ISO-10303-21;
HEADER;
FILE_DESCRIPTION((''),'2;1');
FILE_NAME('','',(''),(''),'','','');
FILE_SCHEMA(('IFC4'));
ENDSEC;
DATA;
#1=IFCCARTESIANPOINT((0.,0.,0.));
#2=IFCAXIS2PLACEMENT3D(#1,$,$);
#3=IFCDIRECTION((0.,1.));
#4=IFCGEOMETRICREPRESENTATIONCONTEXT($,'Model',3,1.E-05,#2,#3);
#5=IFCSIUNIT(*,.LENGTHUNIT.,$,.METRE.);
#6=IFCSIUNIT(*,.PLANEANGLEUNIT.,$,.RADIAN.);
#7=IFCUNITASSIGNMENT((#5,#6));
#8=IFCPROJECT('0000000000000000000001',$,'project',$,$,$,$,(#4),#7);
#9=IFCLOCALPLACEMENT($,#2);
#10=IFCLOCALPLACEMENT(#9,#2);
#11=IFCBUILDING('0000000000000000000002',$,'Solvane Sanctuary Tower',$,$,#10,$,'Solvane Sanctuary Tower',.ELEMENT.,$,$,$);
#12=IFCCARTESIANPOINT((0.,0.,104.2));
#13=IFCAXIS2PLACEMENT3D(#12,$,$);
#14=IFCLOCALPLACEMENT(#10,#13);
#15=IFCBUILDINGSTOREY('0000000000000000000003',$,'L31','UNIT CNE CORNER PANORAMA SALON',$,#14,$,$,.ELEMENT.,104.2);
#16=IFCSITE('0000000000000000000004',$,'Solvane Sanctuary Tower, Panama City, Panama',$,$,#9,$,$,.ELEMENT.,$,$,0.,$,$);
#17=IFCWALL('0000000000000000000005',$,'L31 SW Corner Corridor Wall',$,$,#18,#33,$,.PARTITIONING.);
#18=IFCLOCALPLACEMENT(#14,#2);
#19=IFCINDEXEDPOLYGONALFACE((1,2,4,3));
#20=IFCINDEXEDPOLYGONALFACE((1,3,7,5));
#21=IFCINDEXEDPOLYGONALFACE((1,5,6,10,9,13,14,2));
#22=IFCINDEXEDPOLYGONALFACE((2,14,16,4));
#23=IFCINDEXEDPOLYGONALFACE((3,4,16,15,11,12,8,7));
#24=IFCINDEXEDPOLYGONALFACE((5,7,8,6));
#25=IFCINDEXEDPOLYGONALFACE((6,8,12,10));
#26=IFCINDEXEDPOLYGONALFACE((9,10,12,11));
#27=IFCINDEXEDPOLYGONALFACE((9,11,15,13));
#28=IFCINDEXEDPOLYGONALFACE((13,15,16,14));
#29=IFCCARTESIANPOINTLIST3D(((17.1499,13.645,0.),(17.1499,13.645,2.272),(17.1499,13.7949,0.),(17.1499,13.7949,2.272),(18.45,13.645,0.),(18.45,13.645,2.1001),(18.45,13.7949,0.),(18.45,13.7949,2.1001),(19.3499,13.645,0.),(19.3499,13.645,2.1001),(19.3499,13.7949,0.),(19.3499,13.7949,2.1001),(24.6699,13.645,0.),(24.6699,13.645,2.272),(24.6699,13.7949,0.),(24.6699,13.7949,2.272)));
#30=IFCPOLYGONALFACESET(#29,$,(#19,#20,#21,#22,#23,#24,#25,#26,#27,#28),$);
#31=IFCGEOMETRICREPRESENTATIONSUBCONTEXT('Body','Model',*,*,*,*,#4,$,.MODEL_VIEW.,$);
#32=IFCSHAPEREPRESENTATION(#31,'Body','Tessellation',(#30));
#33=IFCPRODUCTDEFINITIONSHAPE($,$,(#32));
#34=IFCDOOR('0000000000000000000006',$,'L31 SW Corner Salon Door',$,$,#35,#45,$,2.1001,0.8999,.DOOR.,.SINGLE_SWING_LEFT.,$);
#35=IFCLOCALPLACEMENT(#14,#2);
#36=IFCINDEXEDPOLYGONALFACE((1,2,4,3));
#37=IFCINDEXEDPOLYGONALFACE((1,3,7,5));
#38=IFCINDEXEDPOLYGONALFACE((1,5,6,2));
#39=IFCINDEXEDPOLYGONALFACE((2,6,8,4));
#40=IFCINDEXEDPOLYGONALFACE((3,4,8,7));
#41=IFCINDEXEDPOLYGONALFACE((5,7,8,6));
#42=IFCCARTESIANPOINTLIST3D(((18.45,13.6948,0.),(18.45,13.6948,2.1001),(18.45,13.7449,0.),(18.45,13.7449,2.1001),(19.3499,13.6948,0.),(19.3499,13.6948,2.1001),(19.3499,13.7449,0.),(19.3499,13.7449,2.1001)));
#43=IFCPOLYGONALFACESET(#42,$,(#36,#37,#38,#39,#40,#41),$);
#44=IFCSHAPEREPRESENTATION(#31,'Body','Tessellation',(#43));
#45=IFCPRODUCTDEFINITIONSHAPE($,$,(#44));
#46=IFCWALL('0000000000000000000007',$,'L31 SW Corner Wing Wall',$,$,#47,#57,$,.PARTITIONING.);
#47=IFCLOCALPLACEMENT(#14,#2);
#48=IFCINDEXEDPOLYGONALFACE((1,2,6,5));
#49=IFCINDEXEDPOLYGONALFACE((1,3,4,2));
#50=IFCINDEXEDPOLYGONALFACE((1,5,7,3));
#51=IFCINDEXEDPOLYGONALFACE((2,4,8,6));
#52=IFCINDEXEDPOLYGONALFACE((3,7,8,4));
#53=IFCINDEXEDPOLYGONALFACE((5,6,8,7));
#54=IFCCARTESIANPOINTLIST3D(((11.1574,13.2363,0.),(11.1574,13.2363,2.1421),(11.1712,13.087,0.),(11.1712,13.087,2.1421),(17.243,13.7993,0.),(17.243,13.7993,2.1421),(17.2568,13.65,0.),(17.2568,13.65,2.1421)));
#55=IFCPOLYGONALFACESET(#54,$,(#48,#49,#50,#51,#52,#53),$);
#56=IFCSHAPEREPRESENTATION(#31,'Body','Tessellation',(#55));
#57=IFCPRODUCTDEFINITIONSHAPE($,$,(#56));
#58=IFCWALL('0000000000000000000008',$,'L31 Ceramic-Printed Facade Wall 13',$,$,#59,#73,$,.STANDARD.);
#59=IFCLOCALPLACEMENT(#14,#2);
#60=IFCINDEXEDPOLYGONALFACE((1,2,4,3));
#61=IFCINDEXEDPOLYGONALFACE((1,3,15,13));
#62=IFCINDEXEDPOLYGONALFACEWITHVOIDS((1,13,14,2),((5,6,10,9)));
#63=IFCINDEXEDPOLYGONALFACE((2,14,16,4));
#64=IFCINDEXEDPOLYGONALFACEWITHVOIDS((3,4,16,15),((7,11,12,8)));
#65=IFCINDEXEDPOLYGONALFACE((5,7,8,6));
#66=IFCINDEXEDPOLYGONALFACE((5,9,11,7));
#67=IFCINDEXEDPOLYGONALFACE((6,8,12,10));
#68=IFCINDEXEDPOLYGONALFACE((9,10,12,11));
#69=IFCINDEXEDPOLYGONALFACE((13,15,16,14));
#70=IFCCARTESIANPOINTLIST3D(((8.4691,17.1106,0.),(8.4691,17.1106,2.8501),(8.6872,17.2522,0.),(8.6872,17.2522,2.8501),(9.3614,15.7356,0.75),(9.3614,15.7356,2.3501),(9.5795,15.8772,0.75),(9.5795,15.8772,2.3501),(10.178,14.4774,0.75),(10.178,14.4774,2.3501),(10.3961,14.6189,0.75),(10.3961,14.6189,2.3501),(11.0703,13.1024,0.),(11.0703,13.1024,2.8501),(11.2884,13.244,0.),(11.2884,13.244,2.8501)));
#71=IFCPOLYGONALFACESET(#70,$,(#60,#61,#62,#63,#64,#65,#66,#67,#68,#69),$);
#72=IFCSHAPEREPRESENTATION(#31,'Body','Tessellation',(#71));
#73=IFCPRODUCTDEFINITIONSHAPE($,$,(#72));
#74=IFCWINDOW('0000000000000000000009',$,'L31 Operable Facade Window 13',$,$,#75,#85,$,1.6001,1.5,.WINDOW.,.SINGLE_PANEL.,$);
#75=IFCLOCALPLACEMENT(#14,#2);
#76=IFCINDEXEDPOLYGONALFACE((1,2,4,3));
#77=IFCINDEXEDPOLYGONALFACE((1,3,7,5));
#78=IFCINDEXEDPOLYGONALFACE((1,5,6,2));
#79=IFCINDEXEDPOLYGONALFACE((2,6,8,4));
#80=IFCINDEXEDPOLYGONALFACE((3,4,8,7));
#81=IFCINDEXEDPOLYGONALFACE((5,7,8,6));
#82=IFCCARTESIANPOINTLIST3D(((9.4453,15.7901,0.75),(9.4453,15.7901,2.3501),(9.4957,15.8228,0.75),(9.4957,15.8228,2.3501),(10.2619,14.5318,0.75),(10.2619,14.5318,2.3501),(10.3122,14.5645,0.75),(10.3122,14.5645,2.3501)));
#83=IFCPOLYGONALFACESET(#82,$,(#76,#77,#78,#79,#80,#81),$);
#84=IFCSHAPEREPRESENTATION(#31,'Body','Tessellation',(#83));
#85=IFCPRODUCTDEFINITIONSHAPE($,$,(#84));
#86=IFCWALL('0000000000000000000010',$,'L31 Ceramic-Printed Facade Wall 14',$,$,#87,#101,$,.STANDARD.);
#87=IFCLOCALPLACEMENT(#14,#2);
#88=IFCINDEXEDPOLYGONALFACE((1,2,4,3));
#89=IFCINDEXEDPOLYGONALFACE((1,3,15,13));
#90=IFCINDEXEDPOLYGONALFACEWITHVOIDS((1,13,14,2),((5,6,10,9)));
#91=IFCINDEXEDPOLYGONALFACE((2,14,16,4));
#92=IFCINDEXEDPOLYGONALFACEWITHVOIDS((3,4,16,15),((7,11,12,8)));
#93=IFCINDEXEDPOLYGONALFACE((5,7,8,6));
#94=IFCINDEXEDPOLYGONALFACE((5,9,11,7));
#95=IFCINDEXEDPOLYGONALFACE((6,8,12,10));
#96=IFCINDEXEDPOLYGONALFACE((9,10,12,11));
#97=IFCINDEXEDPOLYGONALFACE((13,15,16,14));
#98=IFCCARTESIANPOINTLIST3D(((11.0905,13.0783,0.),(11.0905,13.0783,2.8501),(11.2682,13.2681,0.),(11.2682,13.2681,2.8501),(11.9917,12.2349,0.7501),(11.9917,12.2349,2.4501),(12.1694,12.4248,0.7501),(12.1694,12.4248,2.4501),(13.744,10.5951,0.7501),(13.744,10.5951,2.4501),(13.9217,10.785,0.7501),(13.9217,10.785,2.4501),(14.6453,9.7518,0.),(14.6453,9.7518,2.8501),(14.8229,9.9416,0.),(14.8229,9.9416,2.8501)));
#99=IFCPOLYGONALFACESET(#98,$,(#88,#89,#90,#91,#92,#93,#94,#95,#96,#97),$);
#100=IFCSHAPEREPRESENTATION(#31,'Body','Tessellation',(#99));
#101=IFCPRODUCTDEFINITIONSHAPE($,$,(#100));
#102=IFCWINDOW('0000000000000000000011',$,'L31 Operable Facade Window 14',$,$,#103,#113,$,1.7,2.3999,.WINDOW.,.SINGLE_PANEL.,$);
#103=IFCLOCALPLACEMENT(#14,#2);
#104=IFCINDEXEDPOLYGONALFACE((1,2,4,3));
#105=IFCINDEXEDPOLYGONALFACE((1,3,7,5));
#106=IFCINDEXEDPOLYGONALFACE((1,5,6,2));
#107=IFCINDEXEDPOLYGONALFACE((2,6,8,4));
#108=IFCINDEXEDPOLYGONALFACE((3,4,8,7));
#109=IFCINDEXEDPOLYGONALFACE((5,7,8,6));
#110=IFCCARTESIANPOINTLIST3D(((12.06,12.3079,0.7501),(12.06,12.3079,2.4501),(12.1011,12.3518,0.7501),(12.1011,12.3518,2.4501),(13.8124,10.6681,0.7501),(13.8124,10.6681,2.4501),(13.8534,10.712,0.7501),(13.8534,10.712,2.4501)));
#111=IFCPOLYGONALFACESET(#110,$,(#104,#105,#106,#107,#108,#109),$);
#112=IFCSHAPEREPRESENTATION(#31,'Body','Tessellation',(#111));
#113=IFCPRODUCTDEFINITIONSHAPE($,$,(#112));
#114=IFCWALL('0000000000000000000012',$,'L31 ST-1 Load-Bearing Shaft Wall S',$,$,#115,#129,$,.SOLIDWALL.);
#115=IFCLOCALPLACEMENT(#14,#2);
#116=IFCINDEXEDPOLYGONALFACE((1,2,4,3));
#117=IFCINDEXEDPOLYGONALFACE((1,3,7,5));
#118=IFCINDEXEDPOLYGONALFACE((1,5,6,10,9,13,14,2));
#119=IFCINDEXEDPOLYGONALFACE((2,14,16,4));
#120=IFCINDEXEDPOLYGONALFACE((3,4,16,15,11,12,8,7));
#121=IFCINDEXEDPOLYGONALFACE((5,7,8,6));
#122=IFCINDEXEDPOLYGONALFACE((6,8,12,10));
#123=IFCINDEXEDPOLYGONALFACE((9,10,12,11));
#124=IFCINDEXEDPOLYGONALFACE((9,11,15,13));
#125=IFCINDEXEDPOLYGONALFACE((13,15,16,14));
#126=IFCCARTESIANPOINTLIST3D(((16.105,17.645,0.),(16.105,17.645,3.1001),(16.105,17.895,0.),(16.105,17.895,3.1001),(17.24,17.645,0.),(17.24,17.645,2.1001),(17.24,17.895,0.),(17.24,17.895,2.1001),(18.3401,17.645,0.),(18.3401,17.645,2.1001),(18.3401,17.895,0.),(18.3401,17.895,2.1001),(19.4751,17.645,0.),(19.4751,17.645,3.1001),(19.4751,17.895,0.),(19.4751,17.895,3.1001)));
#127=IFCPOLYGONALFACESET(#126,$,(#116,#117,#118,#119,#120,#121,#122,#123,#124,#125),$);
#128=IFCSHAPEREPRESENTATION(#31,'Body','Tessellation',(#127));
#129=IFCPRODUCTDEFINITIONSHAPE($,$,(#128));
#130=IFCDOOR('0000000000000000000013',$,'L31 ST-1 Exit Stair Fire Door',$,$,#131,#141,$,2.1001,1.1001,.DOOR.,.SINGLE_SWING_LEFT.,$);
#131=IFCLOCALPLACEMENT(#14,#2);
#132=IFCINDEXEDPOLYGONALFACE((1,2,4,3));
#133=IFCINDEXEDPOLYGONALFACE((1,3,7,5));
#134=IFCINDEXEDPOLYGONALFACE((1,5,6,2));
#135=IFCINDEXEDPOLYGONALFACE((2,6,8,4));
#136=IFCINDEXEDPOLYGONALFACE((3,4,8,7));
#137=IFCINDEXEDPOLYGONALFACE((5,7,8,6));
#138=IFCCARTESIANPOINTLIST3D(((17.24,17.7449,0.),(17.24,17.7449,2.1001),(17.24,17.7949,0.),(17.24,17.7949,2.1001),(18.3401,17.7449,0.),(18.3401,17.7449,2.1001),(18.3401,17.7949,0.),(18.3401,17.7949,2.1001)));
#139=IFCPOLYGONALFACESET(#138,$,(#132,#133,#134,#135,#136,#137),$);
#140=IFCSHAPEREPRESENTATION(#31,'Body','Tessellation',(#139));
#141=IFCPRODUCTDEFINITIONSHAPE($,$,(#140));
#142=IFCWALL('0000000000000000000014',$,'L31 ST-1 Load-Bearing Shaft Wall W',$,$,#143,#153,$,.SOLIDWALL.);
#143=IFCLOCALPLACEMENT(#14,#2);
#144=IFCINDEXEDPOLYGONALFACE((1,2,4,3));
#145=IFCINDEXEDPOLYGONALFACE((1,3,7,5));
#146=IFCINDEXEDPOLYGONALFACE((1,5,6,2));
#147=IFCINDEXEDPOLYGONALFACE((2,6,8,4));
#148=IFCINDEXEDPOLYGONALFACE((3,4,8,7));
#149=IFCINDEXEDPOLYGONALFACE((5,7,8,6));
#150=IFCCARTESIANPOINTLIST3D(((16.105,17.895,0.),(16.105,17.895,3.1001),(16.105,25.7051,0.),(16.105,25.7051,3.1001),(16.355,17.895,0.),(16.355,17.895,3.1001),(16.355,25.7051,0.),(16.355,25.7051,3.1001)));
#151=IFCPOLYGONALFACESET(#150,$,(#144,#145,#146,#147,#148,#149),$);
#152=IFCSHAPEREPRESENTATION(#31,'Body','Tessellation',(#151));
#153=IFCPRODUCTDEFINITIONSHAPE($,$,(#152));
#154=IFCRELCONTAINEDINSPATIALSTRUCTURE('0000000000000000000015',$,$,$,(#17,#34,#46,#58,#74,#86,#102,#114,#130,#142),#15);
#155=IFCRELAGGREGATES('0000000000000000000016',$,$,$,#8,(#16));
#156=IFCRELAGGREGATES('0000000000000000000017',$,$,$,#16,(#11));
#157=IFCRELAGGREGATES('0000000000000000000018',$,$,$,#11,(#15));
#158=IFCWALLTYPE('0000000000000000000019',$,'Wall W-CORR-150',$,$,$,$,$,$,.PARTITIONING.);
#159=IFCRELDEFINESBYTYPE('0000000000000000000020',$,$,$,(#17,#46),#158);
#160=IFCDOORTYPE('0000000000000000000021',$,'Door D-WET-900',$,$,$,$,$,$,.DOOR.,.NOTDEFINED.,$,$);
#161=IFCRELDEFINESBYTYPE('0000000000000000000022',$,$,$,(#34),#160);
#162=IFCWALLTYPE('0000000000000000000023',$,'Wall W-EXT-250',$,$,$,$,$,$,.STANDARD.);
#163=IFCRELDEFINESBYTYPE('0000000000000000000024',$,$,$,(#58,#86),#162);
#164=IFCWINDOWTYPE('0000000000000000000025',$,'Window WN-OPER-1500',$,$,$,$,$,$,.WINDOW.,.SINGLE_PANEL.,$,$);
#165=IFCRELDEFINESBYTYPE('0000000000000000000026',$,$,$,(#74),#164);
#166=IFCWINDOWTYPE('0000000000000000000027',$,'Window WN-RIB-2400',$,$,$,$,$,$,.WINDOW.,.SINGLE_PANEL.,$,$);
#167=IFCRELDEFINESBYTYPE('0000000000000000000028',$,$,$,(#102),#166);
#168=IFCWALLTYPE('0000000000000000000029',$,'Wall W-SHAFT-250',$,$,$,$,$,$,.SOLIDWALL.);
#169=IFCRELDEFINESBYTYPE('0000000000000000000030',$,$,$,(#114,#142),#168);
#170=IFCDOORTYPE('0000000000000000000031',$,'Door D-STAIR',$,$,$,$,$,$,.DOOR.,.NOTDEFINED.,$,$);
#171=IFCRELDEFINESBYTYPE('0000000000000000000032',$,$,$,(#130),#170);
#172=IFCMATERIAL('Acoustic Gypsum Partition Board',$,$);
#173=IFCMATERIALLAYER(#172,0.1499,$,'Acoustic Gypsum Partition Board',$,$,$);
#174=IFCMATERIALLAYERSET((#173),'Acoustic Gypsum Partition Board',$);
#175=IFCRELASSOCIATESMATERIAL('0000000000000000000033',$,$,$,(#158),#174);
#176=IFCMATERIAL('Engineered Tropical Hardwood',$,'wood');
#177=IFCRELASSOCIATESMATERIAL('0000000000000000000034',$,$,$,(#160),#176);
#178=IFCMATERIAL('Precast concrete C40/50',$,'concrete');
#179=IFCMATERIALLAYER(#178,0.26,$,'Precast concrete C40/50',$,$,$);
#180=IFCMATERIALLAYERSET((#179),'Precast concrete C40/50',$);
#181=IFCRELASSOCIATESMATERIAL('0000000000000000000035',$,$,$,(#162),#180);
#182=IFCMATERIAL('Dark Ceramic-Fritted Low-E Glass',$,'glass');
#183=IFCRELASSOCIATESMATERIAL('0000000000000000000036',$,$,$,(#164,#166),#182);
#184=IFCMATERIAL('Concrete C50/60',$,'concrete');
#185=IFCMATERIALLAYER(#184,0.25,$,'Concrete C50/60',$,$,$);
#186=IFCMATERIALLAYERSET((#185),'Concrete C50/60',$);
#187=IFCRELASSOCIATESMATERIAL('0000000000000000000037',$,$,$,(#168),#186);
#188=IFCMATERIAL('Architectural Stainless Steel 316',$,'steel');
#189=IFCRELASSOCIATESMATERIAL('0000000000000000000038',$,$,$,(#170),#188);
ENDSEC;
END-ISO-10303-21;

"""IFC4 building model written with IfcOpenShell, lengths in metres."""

from ifc_helpers import new_model, si_unit, direction, frame, frame_2d, origin, place, context, subcontext, project, spatial, rectangle, extrude, material, layer, layer_set, type_object, element, fill, save


model = new_model("IFC4")

# Units and contexts
model_context = context("Model", 3, precision=1e-05, world=origin(), true_north=direction((0.0, 1.0)))
body_context = subcontext(model_context, "Body", "Model", "MODEL_VIEW")
ifc_project = project(units=[si_unit("LENGTHUNIT", "METRE"), si_unit("PLANEANGLEUNIT", "RADIAN")], contexts=[model_context])

# Site, building, storey
site_placement = place(None, origin())
site = spatial("IfcSite", under=ifc_project, at=site_placement, Name="Solvane Sanctuary Tower, Panama City, Panama", CompositionType="ELEMENT", RefElevation=0.0)
building_placement = place(site_placement, origin())
building = spatial("IfcBuilding", under=site, at=building_placement, Name="Solvane Sanctuary Tower", LongName="Solvane Sanctuary Tower", CompositionType="ELEMENT")
storey_placement = place(building_placement, frame((0.0, 0.0, 104.2)))
storey = spatial("IfcBuildingStorey", under=building, at=storey_placement, Name="L31", Description="UNIT CNE CORNER PANORAMA SALON", CompositionType="ELEMENT", Elevation=104.2)

# Shared definitions
ifc_material_1 = material(Name="Acoustic Gypsum Partition Board")
ifc_layer_1 = layer(ifc_material_1, 0.1499, Name="Acoustic Gypsum Partition Board")
ifc_layer_set_1 = layer_set([ifc_layer_1], Name="Acoustic Gypsum Partition Board")
wall_type_1 = type_object("IfcWallType", Name="Wall W-CORR-150", PredefinedType="PARTITIONING", material=ifc_layer_set_1)

# Wall, opening, door
ifc_material_2 = material(Name="Engineered Tropical Hardwood", Category="wood")
door_type_1 = type_object("IfcDoorType", Name="Door D-WET-900", OperationType="NOTDEFINED", PredefinedType="DOOR", material=ifc_material_2)
wall_1_placement = place(storey_placement, frame((17.1499, 13.72, 0.0), z_axis=(0.0, 0.0, 1.0), x_axis=(1.0, 0.0, 0.0)))
wall_1 = element("IfcWall", 1, at=wall_1_placement, inside=storey, type_object=wall_type_1, Name="L31 SW Corner Corridor Wall", PredefinedType="PARTITIONING", context=body_context, shape_type="SweptSolid", body=[
    extrude(rectangle(XDim=7.52, YDim=0.1499, at=frame_2d((3.76, 0.0))), origin(), (0.0, 0.0, 1.0), 2.272),
])
opening_1_placement = place(wall_1_placement, frame((1.3, 0.0, 0.0)))
opening_1 = element("IfcOpeningElement", 2, at=opening_1_placement, cuts=wall_1, PredefinedType="OPENING", context=body_context, shape_type="SweptSolid", body=[
    extrude(rectangle(XDim=0.8999, YDim=2.1001, at=frame_2d((0.45, 1.05))), frame((0.0, 0.085, 0.0), z_axis=(0.0, -1.0, 0.0), x_axis=(1.0, 0.0, 0.0)), (0.0, 0.0, 1.0), 0.1699),
])
door_1_placement = place(opening_1_placement, origin())
door_1 = element("IfcDoor", 3, at=door_1_placement, inside=storey, type_object=door_type_1, Name="L31 SW Corner Salon Door", OperationType="SINGLE_SWING_LEFT", OverallHeight=2.1001, OverallWidth=0.8999, PredefinedType="DOOR", context=body_context, shape_type="SweptSolid", body=[
    extrude(rectangle(XDim=0.8999, YDim=2.1001, at=frame_2d((0.45, 1.05))), frame((0.0, 0.0249, 0.0), z_axis=(0.0, -1.0, 0.0), x_axis=(1.0, 0.0, 0.0)), (0.0, 0.0, 1.0), 0.05),
])
fill(opening_1, door_1)

# Wall
wall_2_placement = place(storey_placement, frame((17.2498, 13.7246, 0.0), z_axis=(0.0, 0.0, 1.0), x_axis=(-0.995748, -0.092117, 0.0)))
element("IfcWall", 4, at=wall_2_placement, inside=storey, type_object=wall_type_1, Name="L31 SW Corner Wing Wall", PredefinedType="PARTITIONING", context=body_context, shape_type="SweptSolid", body=[
    extrude(rectangle(XDim=6.1116, YDim=0.1499, at=frame_2d((3.0557, 0.0))), origin(), (0.0, 0.0, 1.0), 2.1421),
])

# Walls, openings, windows
ifc_material_3 = material(Name="Precast concrete C40/50", Category="concrete")
ifc_layer_2 = layer(ifc_material_3, 0.26, Name="Precast concrete C40/50")
ifc_layer_set_2 = layer_set([ifc_layer_2], Name="Precast concrete C40/50")
wall_type_2 = type_object("IfcWallType", Name="Wall W-EXT-250", PredefinedType="STANDARD", material=ifc_layer_set_2)
wall_3_placement = place(storey_placement, frame((8.5781, 17.1814, 0.0), z_axis=(0.0, 0.0, 1.0), x_axis=(0.544388, -0.838833, 0.0)))
wall_3 = element("IfcWall", 5, at=wall_3_placement, inside=storey, type_object=wall_type_2, Name="L31 Ceramic-Printed Facade Wall 13", PredefinedType="STANDARD", context=body_context, shape_type="SweptSolid", body=[
    extrude(rectangle(XDim=4.7783, YDim=0.26, at=frame_2d((2.3892, 0.0))), origin(), (0.0, 0.0, 1.0), 2.8501),
])
opening_2_placement = place(wall_3_placement, frame((1.6392, 0.0, 0.75)))
opening_2 = element("IfcOpeningElement", 6, at=opening_2_placement, cuts=wall_3, PredefinedType="OPENING", context=body_context, shape_type="SweptSolid", body=[
    extrude(rectangle(XDim=1.5, YDim=1.6001, at=frame_2d((0.75, 0.8))), frame((0.0, 0.1399, 0.0), z_axis=(0.0, -1.0, 0.0), x_axis=(1.0, 0.0, 0.0)), (0.0, 0.0, 1.0), 0.28),
])
ifc_material_4 = material(Name="Dark Ceramic-Fritted Low-E Glass", Category="glass")
window_type_1 = type_object("IfcWindowType", Name="Window WN-OPER-1500", PartitioningType="SINGLE_PANEL", PredefinedType="WINDOW", material=ifc_material_4)
window_1_placement = place(opening_2_placement, origin())
window_1 = element("IfcWindow", 7, at=window_1_placement, inside=storey, type_object=window_type_1, Name="L31 Operable Facade Window 13", OverallHeight=1.6001, OverallWidth=1.5, PartitioningType="SINGLE_PANEL", PredefinedType="WINDOW", context=body_context, shape_type="SweptSolid", body=[
    extrude(rectangle(XDim=1.5, YDim=1.6001, at=frame_2d((0.75, 0.8))), frame((0.0, 0.03, 0.0), z_axis=(0.0, -1.0, 0.0), x_axis=(1.0, 0.0, 0.0)), (0.0, 0.0, 1.0), 0.0601),
])
fill(opening_2, window_1)
wall_4_placement = place(storey_placement, frame((11.1794, 13.1731, 0.0), z_axis=(0.0, 0.0, 1.0), x_axis=(0.730162, -0.683274, 0.0)))
wall_4 = element("IfcWall", 8, at=wall_4_placement, inside=storey, type_object=wall_type_2, Name="L31 Ceramic-Printed Facade Wall 14", PredefinedType="STANDARD", context=body_context, shape_type="SweptSolid", body=[
    extrude(rectangle(XDim=4.8684, YDim=0.26, at=frame_2d((2.4341, 0.0))), origin(), (0.0, 0.0, 1.0), 2.8501),
])
opening_3_placement = place(wall_4_placement, frame((1.2341, 0.0, 0.75)))
opening_3 = element("IfcOpeningElement", 9, at=opening_3_placement, cuts=wall_4, PredefinedType="OPENING", context=body_context, shape_type="SweptSolid", body=[
    extrude(rectangle(XDim=2.3999, YDim=1.7, at=frame_2d((1.2, 0.8501))), frame((0.0, 0.1399, 0.0), z_axis=(0.0, -1.0, 0.0), x_axis=(1.0, 0.0, 0.0)), (0.0, 0.0, 1.0), 0.28),
])
window_type_2 = type_object("IfcWindowType", Name="Window WN-RIB-2400", PartitioningType="SINGLE_PANEL", PredefinedType="WINDOW", material=ifc_material_4)
window_2_placement = place(opening_3_placement, origin())
window_2 = element("IfcWindow", 10, at=window_2_placement, inside=storey, type_object=window_type_2, Name="L31 Operable Facade Window 14", OverallHeight=1.7, OverallWidth=2.3999, PartitioningType="SINGLE_PANEL", PredefinedType="WINDOW", context=body_context, shape_type="SweptSolid", body=[
    extrude(rectangle(XDim=2.3999, YDim=1.7, at=frame_2d((1.2, 0.8501))), frame((0.0, 0.03, 0.0), z_axis=(0.0, -1.0, 0.0), x_axis=(1.0, 0.0, 0.0)), (0.0, 0.0, 1.0), 0.0601),
])
fill(opening_3, window_2)

# Wall, opening, door
ifc_material_5 = material(Name="Concrete C50/60", Category="concrete")
ifc_layer_3 = layer(ifc_material_5, 0.25, Name="Concrete C50/60")
ifc_layer_set_3 = layer_set([ifc_layer_3], Name="Concrete C50/60")
wall_type_3 = type_object("IfcWallType", Name="Wall W-SHAFT-250", PredefinedType="SOLIDWALL", material=ifc_layer_set_3)
wall_5_placement = place(storey_placement, frame((16.105, 17.77, 0.0), z_axis=(0.0, 0.0, 1.0), x_axis=(1.0, 0.0, 0.0)))
wall_5 = element("IfcWall", 11, at=wall_5_placement, inside=storey, type_object=wall_type_3, Name="L31 ST-1 Load-Bearing Shaft Wall S", PredefinedType="SOLIDWALL", context=body_context, shape_type="SweptSolid", body=[
    extrude(rectangle(XDim=3.3701, YDim=0.25, at=frame_2d((1.6851, 0.0))), origin(), (0.0, 0.0, 1.0), 3.1001),
])
opening_4_placement = place(wall_5_placement, frame((1.135, 0.0, 0.0)))
opening_4 = element("IfcOpeningElement", 12, at=opening_4_placement, cuts=wall_5, PredefinedType="OPENING", context=body_context, shape_type="SweptSolid", body=[
    extrude(rectangle(XDim=1.1001, YDim=2.1001, at=frame_2d((0.55, 1.05))), frame((0.0, 0.135, 0.0), z_axis=(0.0, -1.0, 0.0), x_axis=(1.0, 0.0, 0.0)), (0.0, 0.0, 1.0), 0.27),
])
ifc_material_6 = material(Name="Architectural Stainless Steel 316", Category="steel")
door_type_2 = type_object("IfcDoorType", Name="Door D-STAIR", OperationType="NOTDEFINED", PredefinedType="DOOR", material=ifc_material_6)
door_2_placement = place(opening_4_placement, origin())
door_2 = element("IfcDoor", 13, at=door_2_placement, inside=storey, type_object=door_type_2, Name="L31 ST-1 Exit Stair Fire Door", OperationType="SINGLE_SWING_LEFT", OverallHeight=2.1001, OverallWidth=1.1001, PredefinedType="DOOR", context=body_context, shape_type="SweptSolid", body=[
    extrude(rectangle(XDim=1.1001, YDim=2.1001, at=frame_2d((0.55, 1.05))), frame((0.0, 0.0249, 0.0), z_axis=(0.0, -1.0, 0.0), x_axis=(1.0, 0.0, 0.0)), (0.0, 0.0, 1.0), 0.05),
])
fill(opening_4, door_2)

# Wall
wall_6_placement = place(storey_placement, frame((16.23, 17.895, 0.0), z_axis=(0.0, 0.0, 1.0), x_axis=(0.0, 1.0, 0.0)))
element("IfcWall", 14, at=wall_6_placement, inside=storey, type_object=wall_type_3, Name="L31 ST-1 Load-Bearing Shaft Wall W", PredefinedType="SOLIDWALL", context=body_context, shape_type="SweptSolid", body=[
    extrude(rectangle(XDim=7.8101, YDim=0.25, at=frame_2d((3.905, 0.0))), origin(), (0.0, 0.0, 1.0), 3.1001),
])

save(model, "model.ifc")
